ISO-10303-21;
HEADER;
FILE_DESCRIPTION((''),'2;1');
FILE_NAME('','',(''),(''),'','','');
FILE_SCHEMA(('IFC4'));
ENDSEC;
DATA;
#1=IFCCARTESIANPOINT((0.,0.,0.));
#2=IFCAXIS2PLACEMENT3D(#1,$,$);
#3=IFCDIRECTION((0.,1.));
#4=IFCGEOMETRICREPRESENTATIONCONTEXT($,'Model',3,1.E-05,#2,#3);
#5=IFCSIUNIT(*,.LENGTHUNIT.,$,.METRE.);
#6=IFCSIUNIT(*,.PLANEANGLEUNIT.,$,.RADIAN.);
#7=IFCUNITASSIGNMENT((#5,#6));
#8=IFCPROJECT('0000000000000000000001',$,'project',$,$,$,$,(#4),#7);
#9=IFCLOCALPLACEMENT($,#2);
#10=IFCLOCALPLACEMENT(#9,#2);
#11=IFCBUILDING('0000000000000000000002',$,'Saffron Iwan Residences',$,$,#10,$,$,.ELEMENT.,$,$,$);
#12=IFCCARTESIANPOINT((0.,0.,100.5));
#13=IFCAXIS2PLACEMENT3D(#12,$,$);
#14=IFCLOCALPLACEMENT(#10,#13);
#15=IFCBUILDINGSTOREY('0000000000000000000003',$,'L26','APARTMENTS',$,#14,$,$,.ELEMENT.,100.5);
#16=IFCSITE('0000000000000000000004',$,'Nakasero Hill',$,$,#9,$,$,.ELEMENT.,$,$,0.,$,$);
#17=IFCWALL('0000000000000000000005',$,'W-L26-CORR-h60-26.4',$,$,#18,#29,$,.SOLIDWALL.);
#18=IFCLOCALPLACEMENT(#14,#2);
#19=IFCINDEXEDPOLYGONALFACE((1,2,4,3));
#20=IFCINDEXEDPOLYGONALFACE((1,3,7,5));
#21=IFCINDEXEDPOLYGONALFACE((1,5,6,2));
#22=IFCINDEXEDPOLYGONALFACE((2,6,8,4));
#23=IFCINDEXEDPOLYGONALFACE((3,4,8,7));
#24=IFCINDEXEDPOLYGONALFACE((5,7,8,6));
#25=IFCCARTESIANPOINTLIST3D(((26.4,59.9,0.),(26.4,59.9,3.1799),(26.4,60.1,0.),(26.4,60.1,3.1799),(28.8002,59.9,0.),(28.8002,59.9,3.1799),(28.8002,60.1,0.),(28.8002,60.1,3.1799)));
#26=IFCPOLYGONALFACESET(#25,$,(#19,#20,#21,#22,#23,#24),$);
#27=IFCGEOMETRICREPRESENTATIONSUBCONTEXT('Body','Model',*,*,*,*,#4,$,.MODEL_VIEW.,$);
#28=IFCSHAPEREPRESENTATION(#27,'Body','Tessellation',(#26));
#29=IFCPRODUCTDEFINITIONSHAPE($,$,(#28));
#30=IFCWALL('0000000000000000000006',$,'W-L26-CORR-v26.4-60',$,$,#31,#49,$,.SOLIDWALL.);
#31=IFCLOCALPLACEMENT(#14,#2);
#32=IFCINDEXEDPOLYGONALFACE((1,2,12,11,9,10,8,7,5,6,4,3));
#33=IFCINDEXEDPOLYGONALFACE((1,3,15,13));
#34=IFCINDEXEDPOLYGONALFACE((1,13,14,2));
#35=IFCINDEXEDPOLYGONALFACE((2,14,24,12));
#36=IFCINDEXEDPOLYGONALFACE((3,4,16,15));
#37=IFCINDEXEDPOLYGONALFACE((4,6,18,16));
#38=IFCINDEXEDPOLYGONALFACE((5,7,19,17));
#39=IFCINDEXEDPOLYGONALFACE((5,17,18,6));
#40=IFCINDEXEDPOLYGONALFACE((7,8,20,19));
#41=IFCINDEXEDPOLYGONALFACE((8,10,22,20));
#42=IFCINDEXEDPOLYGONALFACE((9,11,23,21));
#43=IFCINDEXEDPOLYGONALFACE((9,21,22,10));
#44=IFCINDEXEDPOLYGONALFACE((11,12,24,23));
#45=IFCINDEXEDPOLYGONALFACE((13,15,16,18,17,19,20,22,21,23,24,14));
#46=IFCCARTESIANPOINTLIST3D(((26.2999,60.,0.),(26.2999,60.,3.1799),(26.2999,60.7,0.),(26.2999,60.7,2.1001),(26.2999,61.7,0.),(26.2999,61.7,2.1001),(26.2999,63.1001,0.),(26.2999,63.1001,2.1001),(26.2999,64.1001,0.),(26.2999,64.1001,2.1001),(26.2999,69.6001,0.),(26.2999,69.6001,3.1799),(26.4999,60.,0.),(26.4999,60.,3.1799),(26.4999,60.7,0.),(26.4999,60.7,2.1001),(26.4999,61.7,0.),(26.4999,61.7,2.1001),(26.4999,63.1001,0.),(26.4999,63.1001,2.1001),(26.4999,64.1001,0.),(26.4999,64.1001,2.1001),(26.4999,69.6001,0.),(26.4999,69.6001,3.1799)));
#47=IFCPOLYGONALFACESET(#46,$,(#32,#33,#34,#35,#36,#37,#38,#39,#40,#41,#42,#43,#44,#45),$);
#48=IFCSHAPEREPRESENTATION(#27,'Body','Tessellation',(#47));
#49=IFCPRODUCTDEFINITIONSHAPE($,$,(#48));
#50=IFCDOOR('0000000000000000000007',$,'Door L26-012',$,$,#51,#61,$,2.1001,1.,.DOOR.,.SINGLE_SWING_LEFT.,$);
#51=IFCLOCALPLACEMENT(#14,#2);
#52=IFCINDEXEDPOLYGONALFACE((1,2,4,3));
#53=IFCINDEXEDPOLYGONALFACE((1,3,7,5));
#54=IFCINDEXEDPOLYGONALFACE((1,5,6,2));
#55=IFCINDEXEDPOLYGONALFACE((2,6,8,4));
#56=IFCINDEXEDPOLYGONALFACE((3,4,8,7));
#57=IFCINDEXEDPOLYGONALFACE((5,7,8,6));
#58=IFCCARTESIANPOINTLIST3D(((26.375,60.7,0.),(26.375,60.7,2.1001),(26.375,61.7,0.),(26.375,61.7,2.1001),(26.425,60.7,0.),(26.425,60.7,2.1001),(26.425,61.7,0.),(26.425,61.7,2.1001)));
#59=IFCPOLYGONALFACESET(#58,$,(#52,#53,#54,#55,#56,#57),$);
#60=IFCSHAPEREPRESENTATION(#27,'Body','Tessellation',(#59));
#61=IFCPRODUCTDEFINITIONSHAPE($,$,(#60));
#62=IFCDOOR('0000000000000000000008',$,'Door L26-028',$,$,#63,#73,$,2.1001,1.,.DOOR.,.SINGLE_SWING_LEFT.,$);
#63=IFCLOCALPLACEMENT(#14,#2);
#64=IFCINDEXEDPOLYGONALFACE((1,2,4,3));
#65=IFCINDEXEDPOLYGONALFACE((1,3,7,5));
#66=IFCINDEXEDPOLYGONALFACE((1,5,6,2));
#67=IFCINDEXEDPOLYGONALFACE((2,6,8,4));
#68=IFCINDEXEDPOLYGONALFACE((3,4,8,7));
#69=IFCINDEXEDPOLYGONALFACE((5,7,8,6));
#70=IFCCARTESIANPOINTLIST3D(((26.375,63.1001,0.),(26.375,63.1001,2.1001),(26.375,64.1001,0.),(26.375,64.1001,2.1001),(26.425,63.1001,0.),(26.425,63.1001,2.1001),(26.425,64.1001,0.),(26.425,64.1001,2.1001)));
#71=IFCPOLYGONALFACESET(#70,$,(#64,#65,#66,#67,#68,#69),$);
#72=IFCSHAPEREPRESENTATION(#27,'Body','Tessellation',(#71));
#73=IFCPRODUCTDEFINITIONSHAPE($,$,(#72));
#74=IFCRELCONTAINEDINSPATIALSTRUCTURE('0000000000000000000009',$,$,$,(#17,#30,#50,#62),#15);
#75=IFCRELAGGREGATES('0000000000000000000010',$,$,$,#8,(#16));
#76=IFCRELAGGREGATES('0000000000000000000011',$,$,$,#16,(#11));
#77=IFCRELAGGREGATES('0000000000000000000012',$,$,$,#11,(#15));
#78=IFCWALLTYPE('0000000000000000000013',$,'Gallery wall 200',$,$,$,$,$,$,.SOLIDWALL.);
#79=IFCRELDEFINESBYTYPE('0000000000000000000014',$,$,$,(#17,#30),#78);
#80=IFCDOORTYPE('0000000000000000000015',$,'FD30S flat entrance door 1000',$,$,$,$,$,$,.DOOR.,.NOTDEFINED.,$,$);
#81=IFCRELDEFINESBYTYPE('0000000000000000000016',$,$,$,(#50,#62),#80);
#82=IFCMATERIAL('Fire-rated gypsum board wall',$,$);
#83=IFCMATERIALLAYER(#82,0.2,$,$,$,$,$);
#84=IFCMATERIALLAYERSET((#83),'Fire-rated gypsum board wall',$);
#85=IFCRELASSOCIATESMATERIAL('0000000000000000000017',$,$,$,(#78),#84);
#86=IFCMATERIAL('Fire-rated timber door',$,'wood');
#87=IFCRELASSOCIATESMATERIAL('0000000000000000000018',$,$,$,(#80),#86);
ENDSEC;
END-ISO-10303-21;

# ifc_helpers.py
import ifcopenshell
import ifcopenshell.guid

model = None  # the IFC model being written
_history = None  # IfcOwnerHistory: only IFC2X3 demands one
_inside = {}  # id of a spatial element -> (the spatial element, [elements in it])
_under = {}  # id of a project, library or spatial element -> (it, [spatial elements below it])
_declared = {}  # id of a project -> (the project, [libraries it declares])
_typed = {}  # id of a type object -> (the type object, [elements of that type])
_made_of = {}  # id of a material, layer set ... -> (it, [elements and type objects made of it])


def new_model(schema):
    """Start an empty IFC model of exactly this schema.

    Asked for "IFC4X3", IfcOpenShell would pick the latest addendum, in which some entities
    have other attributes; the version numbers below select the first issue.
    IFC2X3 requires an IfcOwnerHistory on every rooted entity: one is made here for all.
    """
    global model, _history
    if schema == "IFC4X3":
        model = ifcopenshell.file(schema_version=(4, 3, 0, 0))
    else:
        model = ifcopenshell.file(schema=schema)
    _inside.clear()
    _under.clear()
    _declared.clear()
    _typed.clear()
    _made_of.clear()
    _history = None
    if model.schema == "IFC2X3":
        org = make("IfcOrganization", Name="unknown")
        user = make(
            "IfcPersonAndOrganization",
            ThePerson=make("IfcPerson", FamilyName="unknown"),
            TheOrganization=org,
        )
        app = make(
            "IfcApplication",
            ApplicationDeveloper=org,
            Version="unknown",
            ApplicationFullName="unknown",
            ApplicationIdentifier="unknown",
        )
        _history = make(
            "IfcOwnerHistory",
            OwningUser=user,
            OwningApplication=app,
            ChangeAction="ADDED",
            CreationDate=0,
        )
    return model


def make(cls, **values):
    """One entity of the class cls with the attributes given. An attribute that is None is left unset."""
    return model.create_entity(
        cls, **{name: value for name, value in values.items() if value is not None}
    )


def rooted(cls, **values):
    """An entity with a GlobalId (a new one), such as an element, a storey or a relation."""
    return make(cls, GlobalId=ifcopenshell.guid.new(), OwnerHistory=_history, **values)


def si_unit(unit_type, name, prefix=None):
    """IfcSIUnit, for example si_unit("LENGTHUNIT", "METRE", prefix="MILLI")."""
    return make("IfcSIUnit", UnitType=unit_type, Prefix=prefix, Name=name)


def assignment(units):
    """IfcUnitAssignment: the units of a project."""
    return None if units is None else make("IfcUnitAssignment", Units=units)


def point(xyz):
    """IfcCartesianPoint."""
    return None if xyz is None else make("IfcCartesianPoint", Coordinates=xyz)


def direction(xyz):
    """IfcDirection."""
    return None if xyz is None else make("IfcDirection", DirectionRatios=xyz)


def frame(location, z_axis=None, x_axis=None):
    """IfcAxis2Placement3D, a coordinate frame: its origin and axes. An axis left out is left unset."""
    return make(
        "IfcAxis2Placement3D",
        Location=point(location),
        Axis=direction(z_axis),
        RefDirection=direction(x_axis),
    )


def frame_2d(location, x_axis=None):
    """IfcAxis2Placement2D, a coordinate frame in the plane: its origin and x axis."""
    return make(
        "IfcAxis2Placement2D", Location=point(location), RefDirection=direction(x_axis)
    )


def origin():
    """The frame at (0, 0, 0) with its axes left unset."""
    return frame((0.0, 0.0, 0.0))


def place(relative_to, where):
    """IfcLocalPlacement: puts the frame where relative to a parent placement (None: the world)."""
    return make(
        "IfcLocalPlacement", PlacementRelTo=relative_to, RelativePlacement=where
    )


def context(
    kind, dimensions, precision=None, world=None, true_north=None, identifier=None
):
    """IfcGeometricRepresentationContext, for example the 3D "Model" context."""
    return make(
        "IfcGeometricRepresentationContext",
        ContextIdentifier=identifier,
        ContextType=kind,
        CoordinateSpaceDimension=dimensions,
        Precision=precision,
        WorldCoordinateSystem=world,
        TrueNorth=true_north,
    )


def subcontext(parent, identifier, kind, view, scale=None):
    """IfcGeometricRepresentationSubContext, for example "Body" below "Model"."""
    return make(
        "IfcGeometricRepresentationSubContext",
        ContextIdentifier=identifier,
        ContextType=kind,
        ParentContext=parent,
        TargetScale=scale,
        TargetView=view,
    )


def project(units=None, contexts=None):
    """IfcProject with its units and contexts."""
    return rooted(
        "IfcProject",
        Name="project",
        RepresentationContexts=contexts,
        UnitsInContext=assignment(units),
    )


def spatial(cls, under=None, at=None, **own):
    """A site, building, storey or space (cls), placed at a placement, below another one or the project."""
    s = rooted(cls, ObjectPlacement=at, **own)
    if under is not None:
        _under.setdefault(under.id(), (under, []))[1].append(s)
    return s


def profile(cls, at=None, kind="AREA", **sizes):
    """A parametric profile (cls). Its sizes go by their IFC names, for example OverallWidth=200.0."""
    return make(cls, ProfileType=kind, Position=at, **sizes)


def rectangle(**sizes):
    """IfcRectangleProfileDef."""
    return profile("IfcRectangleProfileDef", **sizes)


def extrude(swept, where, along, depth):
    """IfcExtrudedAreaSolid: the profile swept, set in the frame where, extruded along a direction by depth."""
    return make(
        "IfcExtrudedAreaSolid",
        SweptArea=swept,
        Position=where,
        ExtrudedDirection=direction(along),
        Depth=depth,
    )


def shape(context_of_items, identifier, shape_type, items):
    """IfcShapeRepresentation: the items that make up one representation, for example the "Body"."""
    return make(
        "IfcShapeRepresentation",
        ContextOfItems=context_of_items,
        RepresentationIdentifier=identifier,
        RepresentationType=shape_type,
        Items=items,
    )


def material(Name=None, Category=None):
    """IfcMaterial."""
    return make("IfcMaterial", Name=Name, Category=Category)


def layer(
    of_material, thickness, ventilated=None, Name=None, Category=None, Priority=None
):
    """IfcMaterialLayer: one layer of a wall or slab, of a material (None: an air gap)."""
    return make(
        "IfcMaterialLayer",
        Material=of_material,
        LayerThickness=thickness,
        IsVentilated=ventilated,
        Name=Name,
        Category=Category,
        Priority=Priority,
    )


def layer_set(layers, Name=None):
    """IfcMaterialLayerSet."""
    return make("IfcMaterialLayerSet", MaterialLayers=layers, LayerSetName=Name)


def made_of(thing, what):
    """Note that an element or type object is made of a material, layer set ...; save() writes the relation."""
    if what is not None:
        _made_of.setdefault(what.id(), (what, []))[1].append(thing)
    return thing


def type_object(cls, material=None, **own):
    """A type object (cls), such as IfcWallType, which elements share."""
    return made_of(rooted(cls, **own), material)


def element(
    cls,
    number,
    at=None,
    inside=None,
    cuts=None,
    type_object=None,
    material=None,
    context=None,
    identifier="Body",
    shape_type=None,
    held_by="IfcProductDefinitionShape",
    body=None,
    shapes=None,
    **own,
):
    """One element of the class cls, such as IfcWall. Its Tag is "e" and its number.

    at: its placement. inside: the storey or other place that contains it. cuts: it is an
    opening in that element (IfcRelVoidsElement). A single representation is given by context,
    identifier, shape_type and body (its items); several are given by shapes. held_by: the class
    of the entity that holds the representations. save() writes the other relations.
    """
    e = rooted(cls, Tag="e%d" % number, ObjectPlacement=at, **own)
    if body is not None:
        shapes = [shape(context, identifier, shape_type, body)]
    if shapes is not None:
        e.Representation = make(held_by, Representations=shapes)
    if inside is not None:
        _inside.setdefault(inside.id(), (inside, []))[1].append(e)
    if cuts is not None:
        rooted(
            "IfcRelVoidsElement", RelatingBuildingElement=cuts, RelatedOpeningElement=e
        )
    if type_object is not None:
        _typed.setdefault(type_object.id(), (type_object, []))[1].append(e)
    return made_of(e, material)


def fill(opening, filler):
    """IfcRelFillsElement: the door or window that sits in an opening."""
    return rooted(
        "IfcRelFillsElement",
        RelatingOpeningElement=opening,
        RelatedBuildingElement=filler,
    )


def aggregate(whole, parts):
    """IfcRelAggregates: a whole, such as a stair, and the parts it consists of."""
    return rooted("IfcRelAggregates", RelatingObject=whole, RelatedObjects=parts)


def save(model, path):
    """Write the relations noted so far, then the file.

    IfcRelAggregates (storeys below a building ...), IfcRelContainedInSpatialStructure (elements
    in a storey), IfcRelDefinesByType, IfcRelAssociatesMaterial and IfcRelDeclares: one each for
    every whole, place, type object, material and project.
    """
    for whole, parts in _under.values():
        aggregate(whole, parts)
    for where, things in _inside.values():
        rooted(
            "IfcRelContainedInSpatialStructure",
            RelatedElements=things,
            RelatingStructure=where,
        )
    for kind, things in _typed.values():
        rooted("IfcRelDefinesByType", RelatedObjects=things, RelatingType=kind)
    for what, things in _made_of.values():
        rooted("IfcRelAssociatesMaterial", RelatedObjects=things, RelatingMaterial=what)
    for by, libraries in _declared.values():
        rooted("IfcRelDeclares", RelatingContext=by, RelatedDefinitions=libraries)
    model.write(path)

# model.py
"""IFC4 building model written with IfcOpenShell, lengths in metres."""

from ifc_helpers import new_model, si_unit, direction, frame, frame_2d, origin, place, context, subcontext, project, spatial, rectangle, extrude, material, layer, layer_set, type_object, element, fill, save


model = new_model("IFC4")

# Units and contexts
model_context = context("Model", 3, precision=1e-05, world=origin(), true_north=direction((0.0, 1.0)))
body_context = subcontext(model_context, "Body", "Model", "MODEL_VIEW")
ifc_project = project(units=[si_unit("LENGTHUNIT", "METRE"), si_unit("PLANEANGLEUNIT", "RADIAN")], contexts=[model_context])

# Site, building, storey
site_placement = place(None, origin())
site = spatial("IfcSite", under=ifc_project, at=site_placement, Name="Nakasero Hill", CompositionType="ELEMENT", RefElevation=0.0)
building_placement = place(site_placement, origin())
building = spatial("IfcBuilding", under=site, at=building_placement, Name="Saffron Iwan Residences", CompositionType="ELEMENT")
storey_placement = place(building_placement, frame((0.0, 0.0, 100.5)))
storey = spatial("IfcBuildingStorey", under=building, at=storey_placement, Name="L26", Description="APARTMENTS", CompositionType="ELEMENT", Elevation=100.5)

# Wall
ifc_material_1 = material(Name="Fire-rated gypsum board wall")
ifc_layer_1 = layer(ifc_material_1, 0.2)
ifc_layer_set_1 = layer_set([ifc_layer_1], Name="Fire-rated gypsum board wall")
wall_type_1 = type_object("IfcWallType", Name="Gallery wall 200", PredefinedType="SOLIDWALL", material=ifc_layer_set_1)
wall_1_placement = place(storey_placement, frame((26.3999, 60.0, 0.0), z_axis=(0.0, 0.0, 1.0), x_axis=(1.0, 0.0, 0.0)))
element("IfcWall", 1, at=wall_1_placement, inside=storey, type_object=wall_type_1, Name="W-L26-CORR-h60-26.4", PredefinedType="SOLIDWALL", context=body_context, shape_type="SweptSolid", body=[
    extrude(rectangle(XDim=2.4001, YDim=0.2, at=frame_2d((1.2002, 0.0))), origin(), (0.0, 0.0, 1.0), 3.1799),
])

# Wall, openings, doors
wall_2_placement = place(storey_placement, frame((26.3999, 60.0, 0.0), z_axis=(0.0, 0.0, 1.0), x_axis=(0.0, 1.0, 0.0)))
wall_2 = element("IfcWall", 2, at=wall_2_placement, inside=storey, type_object=wall_type_1, Name="W-L26-CORR-v26.4-60", PredefinedType="SOLIDWALL", context=body_context, shape_type="SweptSolid", body=[
    extrude(rectangle(XDim=9.6001, YDim=0.2, at=frame_2d((4.8, 0.0))), origin(), (0.0, 0.0, 1.0), 3.1799),
])
opening_1_placement = place(wall_2_placement, frame((0.7, 0.0, 0.0)))
opening_1 = element("IfcOpeningElement", 3, at=opening_1_placement, cuts=wall_2, PredefinedType="OPENING", context=body_context, shape_type="SweptSolid", body=[
    extrude(rectangle(XDim=1.0, YDim=2.1001, at=frame_2d((0.5, 1.05))), frame((0.0, 0.1099, 0.0), z_axis=(0.0, -1.0, 0.0), x_axis=(1.0, 0.0, 0.0)), (0.0, 0.0, 1.0), 0.22),
])
opening_2_placement = place(wall_2_placement, frame((3.1001, 0.0, 0.0)))
opening_2 = element("IfcOpeningElement", 4, at=opening_2_placement, cuts=wall_2, PredefinedType="OPENING", context=body_context, shape_type="SweptSolid", body=[
    extrude(rectangle(XDim=1.0, YDim=2.1001, at=frame_2d((0.5, 1.05))), frame((0.0, 0.1099, 0.0), z_axis=(0.0, -1.0, 0.0), x_axis=(1.0, 0.0, 0.0)), (0.0, 0.0, 1.0), 0.22),
])
ifc_material_2 = material(Name="Fire-rated timber door", Category="wood")
door_type_1 = type_object("IfcDoorType", Name="FD30S flat entrance door 1000", OperationType="NOTDEFINED", PredefinedType="DOOR", material=ifc_material_2)
door_1_placement = place(opening_1_placement, origin())
door_1 = element("IfcDoor", 5, at=door_1_placement, inside=storey, type_object=door_type_1, Name="Door L26-012", OperationType="SINGLE_SWING_LEFT", OverallHeight=2.1001, OverallWidth=1.0, PredefinedType="DOOR", context=body_context, shape_type="SweptSolid", body=[
    extrude(rectangle(XDim=1.0, YDim=2.1001, at=frame_2d((0.5, 1.05))), frame((0.0, 0.0249, 0.0), z_axis=(0.0, -1.0, 0.0), x_axis=(1.0, 0.0, 0.0)), (0.0, 0.0, 1.0), 0.05),
])
fill(opening_1, door_1)
door_2_placement = place(opening_2_placement, origin())
door_2 = element("IfcDoor", 6, at=door_2_placement, inside=storey, type_object=door_type_1, Name="Door L26-028", OperationType="SINGLE_SWING_LEFT", OverallHeight=2.1001, OverallWidth=1.0, PredefinedType="DOOR", context=body_context, shape_type="SweptSolid", body=[
    extrude(rectangle(XDim=1.0, YDim=2.1001, at=frame_2d((0.5, 1.05))), frame((0.0, 0.0249, 0.0), z_axis=(0.0, -1.0, 0.0), x_axis=(1.0, 0.0, 0.0)), (0.0, 0.0, 1.0), 0.05),
])
fill(opening_2, door_2)

save(model, "model.ifc")
